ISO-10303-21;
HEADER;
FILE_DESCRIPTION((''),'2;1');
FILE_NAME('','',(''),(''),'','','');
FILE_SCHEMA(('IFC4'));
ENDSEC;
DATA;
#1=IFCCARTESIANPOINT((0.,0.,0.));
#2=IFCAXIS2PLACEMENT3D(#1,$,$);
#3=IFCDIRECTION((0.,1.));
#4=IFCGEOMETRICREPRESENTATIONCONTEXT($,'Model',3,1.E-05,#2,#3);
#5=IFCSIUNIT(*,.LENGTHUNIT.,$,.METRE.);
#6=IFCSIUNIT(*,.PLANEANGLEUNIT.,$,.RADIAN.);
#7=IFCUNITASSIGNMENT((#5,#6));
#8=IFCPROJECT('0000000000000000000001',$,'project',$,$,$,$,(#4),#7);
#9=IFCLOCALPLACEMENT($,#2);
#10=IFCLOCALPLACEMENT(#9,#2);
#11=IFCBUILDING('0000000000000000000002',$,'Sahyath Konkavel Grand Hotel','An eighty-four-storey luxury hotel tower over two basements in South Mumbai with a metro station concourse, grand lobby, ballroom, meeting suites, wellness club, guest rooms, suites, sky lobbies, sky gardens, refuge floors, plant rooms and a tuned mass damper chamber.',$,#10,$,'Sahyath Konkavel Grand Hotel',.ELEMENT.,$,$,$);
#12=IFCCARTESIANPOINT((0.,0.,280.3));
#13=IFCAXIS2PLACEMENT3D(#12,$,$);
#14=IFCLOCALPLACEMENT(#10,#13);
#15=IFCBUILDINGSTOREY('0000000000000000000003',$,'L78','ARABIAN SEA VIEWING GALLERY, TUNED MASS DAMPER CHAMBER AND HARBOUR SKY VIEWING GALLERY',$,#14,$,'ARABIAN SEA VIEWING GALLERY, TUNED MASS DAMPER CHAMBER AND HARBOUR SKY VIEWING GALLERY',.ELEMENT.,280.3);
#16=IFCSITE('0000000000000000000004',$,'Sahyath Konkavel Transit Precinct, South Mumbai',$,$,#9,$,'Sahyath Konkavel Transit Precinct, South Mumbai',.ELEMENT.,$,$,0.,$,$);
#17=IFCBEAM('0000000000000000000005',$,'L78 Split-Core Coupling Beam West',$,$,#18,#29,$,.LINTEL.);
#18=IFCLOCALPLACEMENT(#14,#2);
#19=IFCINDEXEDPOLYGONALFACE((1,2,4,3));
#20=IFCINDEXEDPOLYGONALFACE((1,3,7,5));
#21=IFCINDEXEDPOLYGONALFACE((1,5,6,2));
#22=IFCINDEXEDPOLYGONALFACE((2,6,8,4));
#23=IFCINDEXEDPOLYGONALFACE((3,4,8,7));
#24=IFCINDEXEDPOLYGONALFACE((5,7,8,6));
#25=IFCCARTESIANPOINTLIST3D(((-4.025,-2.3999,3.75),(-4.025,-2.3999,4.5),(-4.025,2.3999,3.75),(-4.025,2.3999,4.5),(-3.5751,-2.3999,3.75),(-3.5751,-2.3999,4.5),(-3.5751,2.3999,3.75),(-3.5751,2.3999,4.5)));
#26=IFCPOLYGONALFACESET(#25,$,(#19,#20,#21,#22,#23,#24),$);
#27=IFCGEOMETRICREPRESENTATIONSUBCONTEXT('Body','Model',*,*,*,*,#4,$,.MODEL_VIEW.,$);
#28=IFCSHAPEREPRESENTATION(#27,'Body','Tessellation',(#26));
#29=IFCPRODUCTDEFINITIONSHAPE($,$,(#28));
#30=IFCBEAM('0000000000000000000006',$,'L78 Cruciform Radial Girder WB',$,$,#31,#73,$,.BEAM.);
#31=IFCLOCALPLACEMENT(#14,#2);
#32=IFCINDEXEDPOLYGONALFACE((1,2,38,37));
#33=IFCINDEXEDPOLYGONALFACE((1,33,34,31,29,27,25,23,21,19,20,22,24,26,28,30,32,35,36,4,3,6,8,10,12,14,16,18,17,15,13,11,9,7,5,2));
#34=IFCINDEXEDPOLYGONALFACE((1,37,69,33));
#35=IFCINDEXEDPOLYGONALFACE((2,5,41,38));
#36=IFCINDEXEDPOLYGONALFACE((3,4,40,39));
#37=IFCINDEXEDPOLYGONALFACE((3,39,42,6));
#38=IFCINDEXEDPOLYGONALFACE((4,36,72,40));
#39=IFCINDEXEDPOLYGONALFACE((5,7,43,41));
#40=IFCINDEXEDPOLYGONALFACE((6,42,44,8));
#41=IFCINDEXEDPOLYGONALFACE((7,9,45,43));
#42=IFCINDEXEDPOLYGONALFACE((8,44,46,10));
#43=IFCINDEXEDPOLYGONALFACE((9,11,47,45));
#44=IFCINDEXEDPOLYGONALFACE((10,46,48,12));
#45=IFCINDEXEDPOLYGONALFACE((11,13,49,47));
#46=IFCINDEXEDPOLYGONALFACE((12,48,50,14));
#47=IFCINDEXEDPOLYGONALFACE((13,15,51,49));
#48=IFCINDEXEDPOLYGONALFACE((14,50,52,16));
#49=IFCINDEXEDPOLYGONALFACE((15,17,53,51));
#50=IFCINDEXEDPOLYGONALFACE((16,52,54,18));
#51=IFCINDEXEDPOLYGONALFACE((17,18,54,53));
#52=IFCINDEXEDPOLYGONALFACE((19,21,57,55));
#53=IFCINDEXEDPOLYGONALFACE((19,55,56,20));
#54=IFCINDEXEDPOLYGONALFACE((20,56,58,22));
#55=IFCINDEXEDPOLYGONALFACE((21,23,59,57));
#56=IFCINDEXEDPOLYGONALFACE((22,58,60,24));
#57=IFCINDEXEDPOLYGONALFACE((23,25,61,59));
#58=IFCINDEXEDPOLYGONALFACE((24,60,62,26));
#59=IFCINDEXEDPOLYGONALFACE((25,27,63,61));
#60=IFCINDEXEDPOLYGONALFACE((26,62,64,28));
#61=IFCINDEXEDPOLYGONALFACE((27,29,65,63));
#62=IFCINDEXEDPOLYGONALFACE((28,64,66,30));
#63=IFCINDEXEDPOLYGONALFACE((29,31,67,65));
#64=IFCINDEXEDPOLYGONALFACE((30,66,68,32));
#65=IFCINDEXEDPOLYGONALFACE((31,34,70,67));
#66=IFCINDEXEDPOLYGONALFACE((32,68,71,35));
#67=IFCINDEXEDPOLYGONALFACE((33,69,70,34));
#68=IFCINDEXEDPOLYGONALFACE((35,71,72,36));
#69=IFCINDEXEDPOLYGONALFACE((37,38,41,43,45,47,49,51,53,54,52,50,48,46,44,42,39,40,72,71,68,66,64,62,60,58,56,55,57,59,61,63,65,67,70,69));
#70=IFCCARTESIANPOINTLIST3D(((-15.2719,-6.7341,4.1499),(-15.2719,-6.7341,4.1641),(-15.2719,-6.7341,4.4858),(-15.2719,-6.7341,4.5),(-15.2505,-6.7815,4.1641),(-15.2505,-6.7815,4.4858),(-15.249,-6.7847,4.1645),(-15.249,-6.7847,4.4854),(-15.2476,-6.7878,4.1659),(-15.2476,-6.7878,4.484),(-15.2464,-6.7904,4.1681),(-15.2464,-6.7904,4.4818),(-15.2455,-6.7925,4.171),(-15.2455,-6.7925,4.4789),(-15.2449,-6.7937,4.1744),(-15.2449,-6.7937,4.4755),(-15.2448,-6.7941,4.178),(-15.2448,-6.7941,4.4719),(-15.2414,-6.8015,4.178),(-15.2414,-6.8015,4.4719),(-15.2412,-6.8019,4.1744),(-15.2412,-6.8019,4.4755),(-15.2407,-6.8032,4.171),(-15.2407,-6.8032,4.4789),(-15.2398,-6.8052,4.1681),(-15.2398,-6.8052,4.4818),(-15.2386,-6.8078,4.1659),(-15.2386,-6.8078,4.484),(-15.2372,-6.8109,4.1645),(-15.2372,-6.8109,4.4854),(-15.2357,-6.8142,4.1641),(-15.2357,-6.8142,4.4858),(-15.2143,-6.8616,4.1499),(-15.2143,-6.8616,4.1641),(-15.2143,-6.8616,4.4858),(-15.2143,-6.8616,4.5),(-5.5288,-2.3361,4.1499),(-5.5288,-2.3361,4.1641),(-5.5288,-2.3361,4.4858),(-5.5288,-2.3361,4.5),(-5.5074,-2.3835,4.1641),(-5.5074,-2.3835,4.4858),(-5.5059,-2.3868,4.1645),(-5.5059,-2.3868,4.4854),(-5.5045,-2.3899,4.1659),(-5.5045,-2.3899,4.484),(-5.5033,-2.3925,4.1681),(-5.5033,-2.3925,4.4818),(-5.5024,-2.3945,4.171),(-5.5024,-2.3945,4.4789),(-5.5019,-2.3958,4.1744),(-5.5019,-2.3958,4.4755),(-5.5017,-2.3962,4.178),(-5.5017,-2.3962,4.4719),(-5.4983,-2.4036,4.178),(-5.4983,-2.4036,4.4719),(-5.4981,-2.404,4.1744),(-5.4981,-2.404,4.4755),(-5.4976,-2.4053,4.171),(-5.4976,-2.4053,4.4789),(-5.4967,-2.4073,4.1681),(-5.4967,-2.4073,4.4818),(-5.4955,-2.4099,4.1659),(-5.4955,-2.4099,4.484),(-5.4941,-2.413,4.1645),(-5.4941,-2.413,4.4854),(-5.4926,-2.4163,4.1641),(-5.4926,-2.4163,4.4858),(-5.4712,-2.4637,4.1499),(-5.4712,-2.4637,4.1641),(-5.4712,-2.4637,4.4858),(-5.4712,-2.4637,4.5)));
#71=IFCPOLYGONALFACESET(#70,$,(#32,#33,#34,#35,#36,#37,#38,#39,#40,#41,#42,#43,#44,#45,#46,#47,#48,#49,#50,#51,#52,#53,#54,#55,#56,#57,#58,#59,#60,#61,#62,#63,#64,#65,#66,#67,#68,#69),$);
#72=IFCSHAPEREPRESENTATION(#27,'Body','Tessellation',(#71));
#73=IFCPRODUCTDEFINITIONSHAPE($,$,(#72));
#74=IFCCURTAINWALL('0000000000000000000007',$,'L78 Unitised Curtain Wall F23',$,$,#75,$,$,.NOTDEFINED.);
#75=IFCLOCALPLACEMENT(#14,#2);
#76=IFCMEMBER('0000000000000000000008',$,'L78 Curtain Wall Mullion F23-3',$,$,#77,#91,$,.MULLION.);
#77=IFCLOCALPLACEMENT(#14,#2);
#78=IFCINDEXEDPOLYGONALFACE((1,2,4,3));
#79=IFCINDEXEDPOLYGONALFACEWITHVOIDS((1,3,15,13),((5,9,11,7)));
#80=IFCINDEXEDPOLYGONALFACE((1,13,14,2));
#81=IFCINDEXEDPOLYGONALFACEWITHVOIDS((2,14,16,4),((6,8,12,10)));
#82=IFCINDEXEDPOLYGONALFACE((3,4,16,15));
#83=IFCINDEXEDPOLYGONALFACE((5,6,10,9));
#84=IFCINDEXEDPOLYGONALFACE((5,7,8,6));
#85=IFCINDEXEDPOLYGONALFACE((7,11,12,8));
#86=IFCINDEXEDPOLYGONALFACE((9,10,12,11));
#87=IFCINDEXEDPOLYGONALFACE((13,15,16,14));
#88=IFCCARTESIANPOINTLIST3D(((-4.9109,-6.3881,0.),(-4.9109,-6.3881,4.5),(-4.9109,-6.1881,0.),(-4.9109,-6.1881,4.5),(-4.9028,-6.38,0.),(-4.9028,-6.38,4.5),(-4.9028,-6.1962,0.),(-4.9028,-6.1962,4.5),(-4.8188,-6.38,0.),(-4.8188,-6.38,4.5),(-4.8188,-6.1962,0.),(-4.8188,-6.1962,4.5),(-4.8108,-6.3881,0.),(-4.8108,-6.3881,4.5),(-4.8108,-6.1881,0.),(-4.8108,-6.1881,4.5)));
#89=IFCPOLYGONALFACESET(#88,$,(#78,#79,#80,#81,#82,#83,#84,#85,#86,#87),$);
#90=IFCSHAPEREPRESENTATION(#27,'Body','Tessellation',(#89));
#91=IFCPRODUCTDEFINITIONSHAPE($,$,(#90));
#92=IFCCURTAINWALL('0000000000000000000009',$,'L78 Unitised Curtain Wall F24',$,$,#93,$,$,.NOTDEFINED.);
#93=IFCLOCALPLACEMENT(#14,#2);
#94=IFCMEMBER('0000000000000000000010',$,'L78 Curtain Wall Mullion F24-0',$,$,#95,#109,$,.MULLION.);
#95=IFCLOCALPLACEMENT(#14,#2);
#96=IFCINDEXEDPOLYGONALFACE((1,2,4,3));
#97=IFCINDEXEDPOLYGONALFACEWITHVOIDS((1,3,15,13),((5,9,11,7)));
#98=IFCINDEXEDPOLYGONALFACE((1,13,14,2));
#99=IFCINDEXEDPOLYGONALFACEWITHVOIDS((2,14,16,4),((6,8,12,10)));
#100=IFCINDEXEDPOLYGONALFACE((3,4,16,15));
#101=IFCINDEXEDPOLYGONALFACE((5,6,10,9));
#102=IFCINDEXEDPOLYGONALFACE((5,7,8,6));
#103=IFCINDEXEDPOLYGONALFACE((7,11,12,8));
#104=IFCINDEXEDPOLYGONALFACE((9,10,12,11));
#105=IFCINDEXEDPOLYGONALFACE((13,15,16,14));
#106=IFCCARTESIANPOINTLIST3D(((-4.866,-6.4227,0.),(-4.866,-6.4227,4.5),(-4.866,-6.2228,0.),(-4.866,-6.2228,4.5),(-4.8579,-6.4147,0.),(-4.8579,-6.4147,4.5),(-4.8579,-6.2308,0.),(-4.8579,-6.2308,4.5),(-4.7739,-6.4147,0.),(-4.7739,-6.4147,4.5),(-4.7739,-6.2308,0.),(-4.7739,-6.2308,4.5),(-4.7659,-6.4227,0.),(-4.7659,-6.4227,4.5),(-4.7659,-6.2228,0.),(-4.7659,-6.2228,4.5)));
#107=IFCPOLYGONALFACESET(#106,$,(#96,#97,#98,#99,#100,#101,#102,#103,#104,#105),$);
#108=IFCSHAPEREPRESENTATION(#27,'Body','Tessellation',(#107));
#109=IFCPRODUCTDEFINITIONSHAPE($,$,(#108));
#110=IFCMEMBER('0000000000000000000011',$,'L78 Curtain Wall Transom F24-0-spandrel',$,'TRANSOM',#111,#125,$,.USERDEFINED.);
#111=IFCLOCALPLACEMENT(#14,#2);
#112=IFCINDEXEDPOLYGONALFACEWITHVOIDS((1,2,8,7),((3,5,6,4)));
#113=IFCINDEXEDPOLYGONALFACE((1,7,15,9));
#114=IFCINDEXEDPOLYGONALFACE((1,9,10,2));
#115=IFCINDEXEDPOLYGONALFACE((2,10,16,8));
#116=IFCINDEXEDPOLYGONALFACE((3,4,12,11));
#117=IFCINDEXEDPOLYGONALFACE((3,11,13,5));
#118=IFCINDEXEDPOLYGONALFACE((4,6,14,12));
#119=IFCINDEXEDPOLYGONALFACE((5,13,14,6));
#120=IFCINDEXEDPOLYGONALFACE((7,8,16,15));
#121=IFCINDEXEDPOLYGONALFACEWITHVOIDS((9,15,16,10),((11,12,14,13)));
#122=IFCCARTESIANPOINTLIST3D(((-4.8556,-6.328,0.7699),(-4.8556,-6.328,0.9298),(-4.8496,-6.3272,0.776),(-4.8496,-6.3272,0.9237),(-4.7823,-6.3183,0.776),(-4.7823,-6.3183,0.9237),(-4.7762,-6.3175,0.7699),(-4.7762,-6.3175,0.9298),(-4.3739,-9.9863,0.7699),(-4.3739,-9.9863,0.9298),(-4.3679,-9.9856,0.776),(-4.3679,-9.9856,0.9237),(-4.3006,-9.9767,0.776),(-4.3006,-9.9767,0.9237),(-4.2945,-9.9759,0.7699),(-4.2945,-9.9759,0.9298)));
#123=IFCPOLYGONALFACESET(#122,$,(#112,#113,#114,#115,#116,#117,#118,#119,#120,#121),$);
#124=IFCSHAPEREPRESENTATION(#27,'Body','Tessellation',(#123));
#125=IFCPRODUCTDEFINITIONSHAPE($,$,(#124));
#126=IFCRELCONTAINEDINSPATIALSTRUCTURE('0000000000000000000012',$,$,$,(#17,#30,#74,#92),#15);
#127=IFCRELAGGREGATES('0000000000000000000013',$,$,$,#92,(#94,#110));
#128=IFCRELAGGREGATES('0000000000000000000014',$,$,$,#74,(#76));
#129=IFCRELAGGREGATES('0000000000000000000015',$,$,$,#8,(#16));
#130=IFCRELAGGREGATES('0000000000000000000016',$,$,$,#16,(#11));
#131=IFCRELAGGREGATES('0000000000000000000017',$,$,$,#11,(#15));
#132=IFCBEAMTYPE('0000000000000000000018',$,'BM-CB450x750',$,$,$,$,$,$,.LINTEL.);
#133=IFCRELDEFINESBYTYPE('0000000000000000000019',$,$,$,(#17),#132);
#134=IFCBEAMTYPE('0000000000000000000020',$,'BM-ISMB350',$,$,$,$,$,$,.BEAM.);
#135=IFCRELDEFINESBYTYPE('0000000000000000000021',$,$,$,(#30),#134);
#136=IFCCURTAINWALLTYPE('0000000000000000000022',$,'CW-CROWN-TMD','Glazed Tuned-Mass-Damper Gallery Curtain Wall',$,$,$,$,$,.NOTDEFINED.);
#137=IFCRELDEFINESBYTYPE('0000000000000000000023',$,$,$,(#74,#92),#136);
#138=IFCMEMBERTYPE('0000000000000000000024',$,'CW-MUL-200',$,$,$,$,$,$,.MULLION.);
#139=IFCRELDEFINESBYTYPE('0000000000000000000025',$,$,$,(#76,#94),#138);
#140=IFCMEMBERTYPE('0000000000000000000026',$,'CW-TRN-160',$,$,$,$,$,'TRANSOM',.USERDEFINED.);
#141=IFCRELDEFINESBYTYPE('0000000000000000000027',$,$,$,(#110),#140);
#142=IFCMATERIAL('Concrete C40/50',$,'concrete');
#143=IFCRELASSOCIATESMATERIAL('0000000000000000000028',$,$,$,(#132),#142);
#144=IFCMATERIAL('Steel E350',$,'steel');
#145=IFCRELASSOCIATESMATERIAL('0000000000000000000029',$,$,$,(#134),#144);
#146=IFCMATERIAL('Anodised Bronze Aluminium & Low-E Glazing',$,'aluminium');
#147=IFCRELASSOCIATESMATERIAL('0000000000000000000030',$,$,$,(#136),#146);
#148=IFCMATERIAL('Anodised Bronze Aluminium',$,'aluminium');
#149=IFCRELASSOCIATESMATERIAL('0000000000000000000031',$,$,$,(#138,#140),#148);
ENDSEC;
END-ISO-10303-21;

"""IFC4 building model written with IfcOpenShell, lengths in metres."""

from ifc_helpers import new_model, si_unit, direction, frame, origin, origin_2d, place, context, subcontext, project, spatial, rectangle, hollow_rectangle, i_section, extrude, source, transform, mapped, material, material_profile, profile_set, type_object, element, aggregate, save


model = new_model("IFC4")

# Units and contexts
model_context = context("Model", 3, precision=1e-05, world=origin(), true_north=direction((0.0, 1.0)))
body_context = subcontext(model_context, "Body", "Model", "MODEL_VIEW")
ifc_project = project(units=[si_unit("LENGTHUNIT", "METRE"), si_unit("PLANEANGLEUNIT", "RADIAN")], contexts=[model_context])

# Site, building, storey
site_placement = place(None, origin())
site = spatial("IfcSite", under=ifc_project, at=site_placement, Name="Sahyath Konkavel Transit Precinct, South Mumbai", LongName="Sahyath Konkavel Transit Precinct, South Mumbai", CompositionType="ELEMENT", RefElevation=0.0)
building_placement = place(site_placement, origin())
building = spatial("IfcBuilding", under=site, at=building_placement, Name="Sahyath Konkavel Grand Hotel", Description="An eighty-four-storey luxury hotel tower over two basements in South Mumbai with a metro station concourse, grand lobby, ballroom, meeting suites, wellness club, guest rooms, suites, sky lobbies, sky gardens, refuge floors, plant rooms and a tuned mass damper chamber.", LongName="Sahyath Konkavel Grand Hotel", CompositionType="ELEMENT")
storey_placement = place(building_placement, frame((0.0, 0.0, 280.3)))
storey = spatial("IfcBuildingStorey", under=building, at=storey_placement, Name="L78", Description="ARABIAN SEA VIEWING GALLERY, TUNED MASS DAMPER CHAMBER AND HARBOUR SKY VIEWING GALLERY", LongName="ARABIAN SEA VIEWING GALLERY, TUNED MASS DAMPER CHAMBER AND HARBOUR SKY VIEWING GALLERY", CompositionType="ELEMENT", Elevation=280.3)

# Shared definitions
ifc_material_1 = material(Name="Concrete C40/50", Category="concrete")

# Beams
ifc_material_2 = material(Name="Steel E350", Category="steel")
ifc_material_profile_1 = material_profile(ifc_material_1, rectangle(XDim=0.45, YDim=0.75, at=origin_2d()), Name="RC 450x750")
ifc_profile_set_1 = profile_set([ifc_material_profile_1], Name="Concrete C40/50")
beam_type_1 = type_object("IfcBeamType", Name="BM-CB450x750", PredefinedType="LINTEL", material=ifc_profile_set_1)
shared_shape_1 = source(origin(), body_context, "Body", "SweptSolid", [
    extrude(rectangle(XDim=0.45, YDim=0.75, at=origin_2d()), origin(), (0.0, 0.0, 1.0), 4.7998),
])
beam_1_placement = place(storey_placement, frame((-3.8, -2.3999, 4.125), z_axis=(0.0, 1.0, 0.0), x_axis=(-1.0, 0.0, 0.0)))
element("IfcBeam", 1, at=beam_1_placement, inside=storey, type_object=beam_type_1, Name="L78 Split-Core Coupling Beam West", PredefinedType="LINTEL", context=body_context, shape_type="MappedRepresentation", body=[
    mapped(shared_shape_1, transform((0.0, 0.0, 0.0), scale=1.0)),
])
ifc_material_profile_2 = material_profile(ifc_material_2, i_section(OverallWidth=0.1399, OverallDepth=0.3501, WebThickness=0.0081, FlangeThickness=0.0142, FilletRadius=0.0139, at=origin_2d()), Name="ISMB 350")
ifc_profile_set_2 = profile_set([ifc_material_profile_2], Name="Steel E350")
beam_type_2 = type_object("IfcBeamType", Name="BM-ISMB350", PredefinedType="BEAM", material=ifc_profile_set_2)
shared_shape_2 = source(origin(), body_context, "Body", "SweptSolid", [
    extrude(i_section(OverallWidth=0.1399, OverallDepth=0.3501, WebThickness=0.0081, FlangeThickness=0.0142, FilletRadius=0.0139, at=origin_2d()), origin(), (0.0, 0.0, 1.0), 10.6897),
])
beam_2_placement = place(storey_placement, frame((-5.5, -2.3999, 4.325), z_axis=(-0.911447, -0.411417, 0.0), x_axis=(0.411417, -0.911447, 0.0)))
element("IfcBeam", 2, at=beam_2_placement, inside=storey, type_object=beam_type_2, Name="L78 Cruciform Radial Girder WB", PredefinedType="BEAM", context=body_context, shape_type="MappedRepresentation", body=[
    mapped(shared_shape_2, transform((0.0, 0.0, 0.0), scale=1.0)),
])

# Curtain wall, member
ifc_material_3 = material(Name="Anodised Bronze Aluminium & Low-E Glazing", Category="aluminium")
curtain_wall_type = type_object("IfcCurtainWallType", Name="CW-CROWN-TMD", Description="Glazed Tuned-Mass-Damper Gallery Curtain Wall", PredefinedType="NOTDEFINED", material=ifc_material_3)
curtain_wall_1_placement = place(storey_placement, origin())
curtain_wall_1 = element("IfcCurtainWall", 3, at=curtain_wall_1_placement, inside=storey, type_object=curtain_wall_type, Name="L78 Unitised Curtain Wall F23", PredefinedType="NOTDEFINED")
ifc_material_4 = material(Name="Anodised Bronze Aluminium", Category="aluminium")
ifc_material_profile_3 = material_profile(ifc_material_4, hollow_rectangle(XDim=0.1001, YDim=0.2, WallThickness=0.0081, at=origin_2d()), Name="RHS 200x100x8")
ifc_profile_set_3 = profile_set([ifc_material_profile_3], Name="Anodised Bronze Aluminium")
member_type_1 = type_object("IfcMemberType", Name="CW-MUL-200", PredefinedType="MULLION", material=ifc_profile_set_3)
shared_shape_3 = source(origin(), body_context, "Body", "SweptSolid", [
    extrude(hollow_rectangle(XDim=0.1001, YDim=0.2, WallThickness=0.0081, at=origin_2d()), origin(), (0.0, 0.0, 1.0), 4.5),
])
member_1_placement = place(storey_placement, frame((-4.8608, -6.2881, 0.0), z_axis=(0.0, 0.0, 1.0), x_axis=(1.0, 0.0, 0.0)))
member_1 = element("IfcMember", 4, at=member_1_placement, type_object=member_type_1, Name="L78 Curtain Wall Mullion F23-3", PredefinedType="MULLION", context=body_context, shape_type="MappedRepresentation", body=[
    mapped(shared_shape_3, transform((0.0, 0.0, 0.0), scale=1.0)),
])

# Curtain wall, members
curtain_wall_2_placement = place(storey_placement, origin())
curtain_wall_2 = element("IfcCurtainWall", 5, at=curtain_wall_2_placement, inside=storey, type_object=curtain_wall_type, Name="L78 Unitised Curtain Wall F24", PredefinedType="NOTDEFINED")
member_2_placement = place(storey_placement, frame((-4.8159, -6.3228, 0.0), z_axis=(0.0, 0.0, 1.0), x_axis=(1.0, 0.0, 0.0)))
member_2 = element("IfcMember", 6, at=member_2_placement, type_object=member_type_1, Name="L78 Curtain Wall Mullion F24-0", PredefinedType="MULLION", context=body_context, shape_type="MappedRepresentation", body=[
    mapped(shared_shape_3, transform((0.0, 0.0, 0.0), scale=1.0)),
])
ifc_material_profile_4 = material_profile(ifc_material_4, hollow_rectangle(XDim=0.0801, YDim=0.1599, WallThickness=0.0061, at=origin_2d()), Name="RHS 160x80x6")
ifc_profile_set_4 = profile_set([ifc_material_profile_4], Name="Anodised Bronze Aluminium")
member_type_2 = type_object("IfcMemberType", Name="CW-TRN-160", ElementType="TRANSOM", PredefinedType="USERDEFINED", material=ifc_profile_set_4)
shared_shape_4 = source(origin(), body_context, "Body", "SweptSolid", [
    extrude(hollow_rectangle(XDim=0.0801, YDim=0.1599, WallThickness=0.0061, at=origin_2d()), origin(), (0.0, 0.0, 1.0), 3.6899),
])
member_3_placement = place(storey_placement, frame((-4.8159, -6.3228, 0.8499), z_axis=(0.130538, -0.991443, 0.0), x_axis=(0.991443, 0.130538, 0.0)))
member_3 = element("IfcMember", 7, at=member_3_placement, type_object=member_type_2, Name="L78 Curtain Wall Transom F24-0-spandrel", ObjectType="TRANSOM", PredefinedType="USERDEFINED", context=body_context, shape_type="MappedRepresentation", body=[
    mapped(shared_shape_4, transform((0.0, 0.0, 0.0), scale=1.0)),
])
aggregate(curtain_wall_2, [member_2, member_3])

aggregate(curtain_wall_1, [member_1])

save(model, "model.ifc")
